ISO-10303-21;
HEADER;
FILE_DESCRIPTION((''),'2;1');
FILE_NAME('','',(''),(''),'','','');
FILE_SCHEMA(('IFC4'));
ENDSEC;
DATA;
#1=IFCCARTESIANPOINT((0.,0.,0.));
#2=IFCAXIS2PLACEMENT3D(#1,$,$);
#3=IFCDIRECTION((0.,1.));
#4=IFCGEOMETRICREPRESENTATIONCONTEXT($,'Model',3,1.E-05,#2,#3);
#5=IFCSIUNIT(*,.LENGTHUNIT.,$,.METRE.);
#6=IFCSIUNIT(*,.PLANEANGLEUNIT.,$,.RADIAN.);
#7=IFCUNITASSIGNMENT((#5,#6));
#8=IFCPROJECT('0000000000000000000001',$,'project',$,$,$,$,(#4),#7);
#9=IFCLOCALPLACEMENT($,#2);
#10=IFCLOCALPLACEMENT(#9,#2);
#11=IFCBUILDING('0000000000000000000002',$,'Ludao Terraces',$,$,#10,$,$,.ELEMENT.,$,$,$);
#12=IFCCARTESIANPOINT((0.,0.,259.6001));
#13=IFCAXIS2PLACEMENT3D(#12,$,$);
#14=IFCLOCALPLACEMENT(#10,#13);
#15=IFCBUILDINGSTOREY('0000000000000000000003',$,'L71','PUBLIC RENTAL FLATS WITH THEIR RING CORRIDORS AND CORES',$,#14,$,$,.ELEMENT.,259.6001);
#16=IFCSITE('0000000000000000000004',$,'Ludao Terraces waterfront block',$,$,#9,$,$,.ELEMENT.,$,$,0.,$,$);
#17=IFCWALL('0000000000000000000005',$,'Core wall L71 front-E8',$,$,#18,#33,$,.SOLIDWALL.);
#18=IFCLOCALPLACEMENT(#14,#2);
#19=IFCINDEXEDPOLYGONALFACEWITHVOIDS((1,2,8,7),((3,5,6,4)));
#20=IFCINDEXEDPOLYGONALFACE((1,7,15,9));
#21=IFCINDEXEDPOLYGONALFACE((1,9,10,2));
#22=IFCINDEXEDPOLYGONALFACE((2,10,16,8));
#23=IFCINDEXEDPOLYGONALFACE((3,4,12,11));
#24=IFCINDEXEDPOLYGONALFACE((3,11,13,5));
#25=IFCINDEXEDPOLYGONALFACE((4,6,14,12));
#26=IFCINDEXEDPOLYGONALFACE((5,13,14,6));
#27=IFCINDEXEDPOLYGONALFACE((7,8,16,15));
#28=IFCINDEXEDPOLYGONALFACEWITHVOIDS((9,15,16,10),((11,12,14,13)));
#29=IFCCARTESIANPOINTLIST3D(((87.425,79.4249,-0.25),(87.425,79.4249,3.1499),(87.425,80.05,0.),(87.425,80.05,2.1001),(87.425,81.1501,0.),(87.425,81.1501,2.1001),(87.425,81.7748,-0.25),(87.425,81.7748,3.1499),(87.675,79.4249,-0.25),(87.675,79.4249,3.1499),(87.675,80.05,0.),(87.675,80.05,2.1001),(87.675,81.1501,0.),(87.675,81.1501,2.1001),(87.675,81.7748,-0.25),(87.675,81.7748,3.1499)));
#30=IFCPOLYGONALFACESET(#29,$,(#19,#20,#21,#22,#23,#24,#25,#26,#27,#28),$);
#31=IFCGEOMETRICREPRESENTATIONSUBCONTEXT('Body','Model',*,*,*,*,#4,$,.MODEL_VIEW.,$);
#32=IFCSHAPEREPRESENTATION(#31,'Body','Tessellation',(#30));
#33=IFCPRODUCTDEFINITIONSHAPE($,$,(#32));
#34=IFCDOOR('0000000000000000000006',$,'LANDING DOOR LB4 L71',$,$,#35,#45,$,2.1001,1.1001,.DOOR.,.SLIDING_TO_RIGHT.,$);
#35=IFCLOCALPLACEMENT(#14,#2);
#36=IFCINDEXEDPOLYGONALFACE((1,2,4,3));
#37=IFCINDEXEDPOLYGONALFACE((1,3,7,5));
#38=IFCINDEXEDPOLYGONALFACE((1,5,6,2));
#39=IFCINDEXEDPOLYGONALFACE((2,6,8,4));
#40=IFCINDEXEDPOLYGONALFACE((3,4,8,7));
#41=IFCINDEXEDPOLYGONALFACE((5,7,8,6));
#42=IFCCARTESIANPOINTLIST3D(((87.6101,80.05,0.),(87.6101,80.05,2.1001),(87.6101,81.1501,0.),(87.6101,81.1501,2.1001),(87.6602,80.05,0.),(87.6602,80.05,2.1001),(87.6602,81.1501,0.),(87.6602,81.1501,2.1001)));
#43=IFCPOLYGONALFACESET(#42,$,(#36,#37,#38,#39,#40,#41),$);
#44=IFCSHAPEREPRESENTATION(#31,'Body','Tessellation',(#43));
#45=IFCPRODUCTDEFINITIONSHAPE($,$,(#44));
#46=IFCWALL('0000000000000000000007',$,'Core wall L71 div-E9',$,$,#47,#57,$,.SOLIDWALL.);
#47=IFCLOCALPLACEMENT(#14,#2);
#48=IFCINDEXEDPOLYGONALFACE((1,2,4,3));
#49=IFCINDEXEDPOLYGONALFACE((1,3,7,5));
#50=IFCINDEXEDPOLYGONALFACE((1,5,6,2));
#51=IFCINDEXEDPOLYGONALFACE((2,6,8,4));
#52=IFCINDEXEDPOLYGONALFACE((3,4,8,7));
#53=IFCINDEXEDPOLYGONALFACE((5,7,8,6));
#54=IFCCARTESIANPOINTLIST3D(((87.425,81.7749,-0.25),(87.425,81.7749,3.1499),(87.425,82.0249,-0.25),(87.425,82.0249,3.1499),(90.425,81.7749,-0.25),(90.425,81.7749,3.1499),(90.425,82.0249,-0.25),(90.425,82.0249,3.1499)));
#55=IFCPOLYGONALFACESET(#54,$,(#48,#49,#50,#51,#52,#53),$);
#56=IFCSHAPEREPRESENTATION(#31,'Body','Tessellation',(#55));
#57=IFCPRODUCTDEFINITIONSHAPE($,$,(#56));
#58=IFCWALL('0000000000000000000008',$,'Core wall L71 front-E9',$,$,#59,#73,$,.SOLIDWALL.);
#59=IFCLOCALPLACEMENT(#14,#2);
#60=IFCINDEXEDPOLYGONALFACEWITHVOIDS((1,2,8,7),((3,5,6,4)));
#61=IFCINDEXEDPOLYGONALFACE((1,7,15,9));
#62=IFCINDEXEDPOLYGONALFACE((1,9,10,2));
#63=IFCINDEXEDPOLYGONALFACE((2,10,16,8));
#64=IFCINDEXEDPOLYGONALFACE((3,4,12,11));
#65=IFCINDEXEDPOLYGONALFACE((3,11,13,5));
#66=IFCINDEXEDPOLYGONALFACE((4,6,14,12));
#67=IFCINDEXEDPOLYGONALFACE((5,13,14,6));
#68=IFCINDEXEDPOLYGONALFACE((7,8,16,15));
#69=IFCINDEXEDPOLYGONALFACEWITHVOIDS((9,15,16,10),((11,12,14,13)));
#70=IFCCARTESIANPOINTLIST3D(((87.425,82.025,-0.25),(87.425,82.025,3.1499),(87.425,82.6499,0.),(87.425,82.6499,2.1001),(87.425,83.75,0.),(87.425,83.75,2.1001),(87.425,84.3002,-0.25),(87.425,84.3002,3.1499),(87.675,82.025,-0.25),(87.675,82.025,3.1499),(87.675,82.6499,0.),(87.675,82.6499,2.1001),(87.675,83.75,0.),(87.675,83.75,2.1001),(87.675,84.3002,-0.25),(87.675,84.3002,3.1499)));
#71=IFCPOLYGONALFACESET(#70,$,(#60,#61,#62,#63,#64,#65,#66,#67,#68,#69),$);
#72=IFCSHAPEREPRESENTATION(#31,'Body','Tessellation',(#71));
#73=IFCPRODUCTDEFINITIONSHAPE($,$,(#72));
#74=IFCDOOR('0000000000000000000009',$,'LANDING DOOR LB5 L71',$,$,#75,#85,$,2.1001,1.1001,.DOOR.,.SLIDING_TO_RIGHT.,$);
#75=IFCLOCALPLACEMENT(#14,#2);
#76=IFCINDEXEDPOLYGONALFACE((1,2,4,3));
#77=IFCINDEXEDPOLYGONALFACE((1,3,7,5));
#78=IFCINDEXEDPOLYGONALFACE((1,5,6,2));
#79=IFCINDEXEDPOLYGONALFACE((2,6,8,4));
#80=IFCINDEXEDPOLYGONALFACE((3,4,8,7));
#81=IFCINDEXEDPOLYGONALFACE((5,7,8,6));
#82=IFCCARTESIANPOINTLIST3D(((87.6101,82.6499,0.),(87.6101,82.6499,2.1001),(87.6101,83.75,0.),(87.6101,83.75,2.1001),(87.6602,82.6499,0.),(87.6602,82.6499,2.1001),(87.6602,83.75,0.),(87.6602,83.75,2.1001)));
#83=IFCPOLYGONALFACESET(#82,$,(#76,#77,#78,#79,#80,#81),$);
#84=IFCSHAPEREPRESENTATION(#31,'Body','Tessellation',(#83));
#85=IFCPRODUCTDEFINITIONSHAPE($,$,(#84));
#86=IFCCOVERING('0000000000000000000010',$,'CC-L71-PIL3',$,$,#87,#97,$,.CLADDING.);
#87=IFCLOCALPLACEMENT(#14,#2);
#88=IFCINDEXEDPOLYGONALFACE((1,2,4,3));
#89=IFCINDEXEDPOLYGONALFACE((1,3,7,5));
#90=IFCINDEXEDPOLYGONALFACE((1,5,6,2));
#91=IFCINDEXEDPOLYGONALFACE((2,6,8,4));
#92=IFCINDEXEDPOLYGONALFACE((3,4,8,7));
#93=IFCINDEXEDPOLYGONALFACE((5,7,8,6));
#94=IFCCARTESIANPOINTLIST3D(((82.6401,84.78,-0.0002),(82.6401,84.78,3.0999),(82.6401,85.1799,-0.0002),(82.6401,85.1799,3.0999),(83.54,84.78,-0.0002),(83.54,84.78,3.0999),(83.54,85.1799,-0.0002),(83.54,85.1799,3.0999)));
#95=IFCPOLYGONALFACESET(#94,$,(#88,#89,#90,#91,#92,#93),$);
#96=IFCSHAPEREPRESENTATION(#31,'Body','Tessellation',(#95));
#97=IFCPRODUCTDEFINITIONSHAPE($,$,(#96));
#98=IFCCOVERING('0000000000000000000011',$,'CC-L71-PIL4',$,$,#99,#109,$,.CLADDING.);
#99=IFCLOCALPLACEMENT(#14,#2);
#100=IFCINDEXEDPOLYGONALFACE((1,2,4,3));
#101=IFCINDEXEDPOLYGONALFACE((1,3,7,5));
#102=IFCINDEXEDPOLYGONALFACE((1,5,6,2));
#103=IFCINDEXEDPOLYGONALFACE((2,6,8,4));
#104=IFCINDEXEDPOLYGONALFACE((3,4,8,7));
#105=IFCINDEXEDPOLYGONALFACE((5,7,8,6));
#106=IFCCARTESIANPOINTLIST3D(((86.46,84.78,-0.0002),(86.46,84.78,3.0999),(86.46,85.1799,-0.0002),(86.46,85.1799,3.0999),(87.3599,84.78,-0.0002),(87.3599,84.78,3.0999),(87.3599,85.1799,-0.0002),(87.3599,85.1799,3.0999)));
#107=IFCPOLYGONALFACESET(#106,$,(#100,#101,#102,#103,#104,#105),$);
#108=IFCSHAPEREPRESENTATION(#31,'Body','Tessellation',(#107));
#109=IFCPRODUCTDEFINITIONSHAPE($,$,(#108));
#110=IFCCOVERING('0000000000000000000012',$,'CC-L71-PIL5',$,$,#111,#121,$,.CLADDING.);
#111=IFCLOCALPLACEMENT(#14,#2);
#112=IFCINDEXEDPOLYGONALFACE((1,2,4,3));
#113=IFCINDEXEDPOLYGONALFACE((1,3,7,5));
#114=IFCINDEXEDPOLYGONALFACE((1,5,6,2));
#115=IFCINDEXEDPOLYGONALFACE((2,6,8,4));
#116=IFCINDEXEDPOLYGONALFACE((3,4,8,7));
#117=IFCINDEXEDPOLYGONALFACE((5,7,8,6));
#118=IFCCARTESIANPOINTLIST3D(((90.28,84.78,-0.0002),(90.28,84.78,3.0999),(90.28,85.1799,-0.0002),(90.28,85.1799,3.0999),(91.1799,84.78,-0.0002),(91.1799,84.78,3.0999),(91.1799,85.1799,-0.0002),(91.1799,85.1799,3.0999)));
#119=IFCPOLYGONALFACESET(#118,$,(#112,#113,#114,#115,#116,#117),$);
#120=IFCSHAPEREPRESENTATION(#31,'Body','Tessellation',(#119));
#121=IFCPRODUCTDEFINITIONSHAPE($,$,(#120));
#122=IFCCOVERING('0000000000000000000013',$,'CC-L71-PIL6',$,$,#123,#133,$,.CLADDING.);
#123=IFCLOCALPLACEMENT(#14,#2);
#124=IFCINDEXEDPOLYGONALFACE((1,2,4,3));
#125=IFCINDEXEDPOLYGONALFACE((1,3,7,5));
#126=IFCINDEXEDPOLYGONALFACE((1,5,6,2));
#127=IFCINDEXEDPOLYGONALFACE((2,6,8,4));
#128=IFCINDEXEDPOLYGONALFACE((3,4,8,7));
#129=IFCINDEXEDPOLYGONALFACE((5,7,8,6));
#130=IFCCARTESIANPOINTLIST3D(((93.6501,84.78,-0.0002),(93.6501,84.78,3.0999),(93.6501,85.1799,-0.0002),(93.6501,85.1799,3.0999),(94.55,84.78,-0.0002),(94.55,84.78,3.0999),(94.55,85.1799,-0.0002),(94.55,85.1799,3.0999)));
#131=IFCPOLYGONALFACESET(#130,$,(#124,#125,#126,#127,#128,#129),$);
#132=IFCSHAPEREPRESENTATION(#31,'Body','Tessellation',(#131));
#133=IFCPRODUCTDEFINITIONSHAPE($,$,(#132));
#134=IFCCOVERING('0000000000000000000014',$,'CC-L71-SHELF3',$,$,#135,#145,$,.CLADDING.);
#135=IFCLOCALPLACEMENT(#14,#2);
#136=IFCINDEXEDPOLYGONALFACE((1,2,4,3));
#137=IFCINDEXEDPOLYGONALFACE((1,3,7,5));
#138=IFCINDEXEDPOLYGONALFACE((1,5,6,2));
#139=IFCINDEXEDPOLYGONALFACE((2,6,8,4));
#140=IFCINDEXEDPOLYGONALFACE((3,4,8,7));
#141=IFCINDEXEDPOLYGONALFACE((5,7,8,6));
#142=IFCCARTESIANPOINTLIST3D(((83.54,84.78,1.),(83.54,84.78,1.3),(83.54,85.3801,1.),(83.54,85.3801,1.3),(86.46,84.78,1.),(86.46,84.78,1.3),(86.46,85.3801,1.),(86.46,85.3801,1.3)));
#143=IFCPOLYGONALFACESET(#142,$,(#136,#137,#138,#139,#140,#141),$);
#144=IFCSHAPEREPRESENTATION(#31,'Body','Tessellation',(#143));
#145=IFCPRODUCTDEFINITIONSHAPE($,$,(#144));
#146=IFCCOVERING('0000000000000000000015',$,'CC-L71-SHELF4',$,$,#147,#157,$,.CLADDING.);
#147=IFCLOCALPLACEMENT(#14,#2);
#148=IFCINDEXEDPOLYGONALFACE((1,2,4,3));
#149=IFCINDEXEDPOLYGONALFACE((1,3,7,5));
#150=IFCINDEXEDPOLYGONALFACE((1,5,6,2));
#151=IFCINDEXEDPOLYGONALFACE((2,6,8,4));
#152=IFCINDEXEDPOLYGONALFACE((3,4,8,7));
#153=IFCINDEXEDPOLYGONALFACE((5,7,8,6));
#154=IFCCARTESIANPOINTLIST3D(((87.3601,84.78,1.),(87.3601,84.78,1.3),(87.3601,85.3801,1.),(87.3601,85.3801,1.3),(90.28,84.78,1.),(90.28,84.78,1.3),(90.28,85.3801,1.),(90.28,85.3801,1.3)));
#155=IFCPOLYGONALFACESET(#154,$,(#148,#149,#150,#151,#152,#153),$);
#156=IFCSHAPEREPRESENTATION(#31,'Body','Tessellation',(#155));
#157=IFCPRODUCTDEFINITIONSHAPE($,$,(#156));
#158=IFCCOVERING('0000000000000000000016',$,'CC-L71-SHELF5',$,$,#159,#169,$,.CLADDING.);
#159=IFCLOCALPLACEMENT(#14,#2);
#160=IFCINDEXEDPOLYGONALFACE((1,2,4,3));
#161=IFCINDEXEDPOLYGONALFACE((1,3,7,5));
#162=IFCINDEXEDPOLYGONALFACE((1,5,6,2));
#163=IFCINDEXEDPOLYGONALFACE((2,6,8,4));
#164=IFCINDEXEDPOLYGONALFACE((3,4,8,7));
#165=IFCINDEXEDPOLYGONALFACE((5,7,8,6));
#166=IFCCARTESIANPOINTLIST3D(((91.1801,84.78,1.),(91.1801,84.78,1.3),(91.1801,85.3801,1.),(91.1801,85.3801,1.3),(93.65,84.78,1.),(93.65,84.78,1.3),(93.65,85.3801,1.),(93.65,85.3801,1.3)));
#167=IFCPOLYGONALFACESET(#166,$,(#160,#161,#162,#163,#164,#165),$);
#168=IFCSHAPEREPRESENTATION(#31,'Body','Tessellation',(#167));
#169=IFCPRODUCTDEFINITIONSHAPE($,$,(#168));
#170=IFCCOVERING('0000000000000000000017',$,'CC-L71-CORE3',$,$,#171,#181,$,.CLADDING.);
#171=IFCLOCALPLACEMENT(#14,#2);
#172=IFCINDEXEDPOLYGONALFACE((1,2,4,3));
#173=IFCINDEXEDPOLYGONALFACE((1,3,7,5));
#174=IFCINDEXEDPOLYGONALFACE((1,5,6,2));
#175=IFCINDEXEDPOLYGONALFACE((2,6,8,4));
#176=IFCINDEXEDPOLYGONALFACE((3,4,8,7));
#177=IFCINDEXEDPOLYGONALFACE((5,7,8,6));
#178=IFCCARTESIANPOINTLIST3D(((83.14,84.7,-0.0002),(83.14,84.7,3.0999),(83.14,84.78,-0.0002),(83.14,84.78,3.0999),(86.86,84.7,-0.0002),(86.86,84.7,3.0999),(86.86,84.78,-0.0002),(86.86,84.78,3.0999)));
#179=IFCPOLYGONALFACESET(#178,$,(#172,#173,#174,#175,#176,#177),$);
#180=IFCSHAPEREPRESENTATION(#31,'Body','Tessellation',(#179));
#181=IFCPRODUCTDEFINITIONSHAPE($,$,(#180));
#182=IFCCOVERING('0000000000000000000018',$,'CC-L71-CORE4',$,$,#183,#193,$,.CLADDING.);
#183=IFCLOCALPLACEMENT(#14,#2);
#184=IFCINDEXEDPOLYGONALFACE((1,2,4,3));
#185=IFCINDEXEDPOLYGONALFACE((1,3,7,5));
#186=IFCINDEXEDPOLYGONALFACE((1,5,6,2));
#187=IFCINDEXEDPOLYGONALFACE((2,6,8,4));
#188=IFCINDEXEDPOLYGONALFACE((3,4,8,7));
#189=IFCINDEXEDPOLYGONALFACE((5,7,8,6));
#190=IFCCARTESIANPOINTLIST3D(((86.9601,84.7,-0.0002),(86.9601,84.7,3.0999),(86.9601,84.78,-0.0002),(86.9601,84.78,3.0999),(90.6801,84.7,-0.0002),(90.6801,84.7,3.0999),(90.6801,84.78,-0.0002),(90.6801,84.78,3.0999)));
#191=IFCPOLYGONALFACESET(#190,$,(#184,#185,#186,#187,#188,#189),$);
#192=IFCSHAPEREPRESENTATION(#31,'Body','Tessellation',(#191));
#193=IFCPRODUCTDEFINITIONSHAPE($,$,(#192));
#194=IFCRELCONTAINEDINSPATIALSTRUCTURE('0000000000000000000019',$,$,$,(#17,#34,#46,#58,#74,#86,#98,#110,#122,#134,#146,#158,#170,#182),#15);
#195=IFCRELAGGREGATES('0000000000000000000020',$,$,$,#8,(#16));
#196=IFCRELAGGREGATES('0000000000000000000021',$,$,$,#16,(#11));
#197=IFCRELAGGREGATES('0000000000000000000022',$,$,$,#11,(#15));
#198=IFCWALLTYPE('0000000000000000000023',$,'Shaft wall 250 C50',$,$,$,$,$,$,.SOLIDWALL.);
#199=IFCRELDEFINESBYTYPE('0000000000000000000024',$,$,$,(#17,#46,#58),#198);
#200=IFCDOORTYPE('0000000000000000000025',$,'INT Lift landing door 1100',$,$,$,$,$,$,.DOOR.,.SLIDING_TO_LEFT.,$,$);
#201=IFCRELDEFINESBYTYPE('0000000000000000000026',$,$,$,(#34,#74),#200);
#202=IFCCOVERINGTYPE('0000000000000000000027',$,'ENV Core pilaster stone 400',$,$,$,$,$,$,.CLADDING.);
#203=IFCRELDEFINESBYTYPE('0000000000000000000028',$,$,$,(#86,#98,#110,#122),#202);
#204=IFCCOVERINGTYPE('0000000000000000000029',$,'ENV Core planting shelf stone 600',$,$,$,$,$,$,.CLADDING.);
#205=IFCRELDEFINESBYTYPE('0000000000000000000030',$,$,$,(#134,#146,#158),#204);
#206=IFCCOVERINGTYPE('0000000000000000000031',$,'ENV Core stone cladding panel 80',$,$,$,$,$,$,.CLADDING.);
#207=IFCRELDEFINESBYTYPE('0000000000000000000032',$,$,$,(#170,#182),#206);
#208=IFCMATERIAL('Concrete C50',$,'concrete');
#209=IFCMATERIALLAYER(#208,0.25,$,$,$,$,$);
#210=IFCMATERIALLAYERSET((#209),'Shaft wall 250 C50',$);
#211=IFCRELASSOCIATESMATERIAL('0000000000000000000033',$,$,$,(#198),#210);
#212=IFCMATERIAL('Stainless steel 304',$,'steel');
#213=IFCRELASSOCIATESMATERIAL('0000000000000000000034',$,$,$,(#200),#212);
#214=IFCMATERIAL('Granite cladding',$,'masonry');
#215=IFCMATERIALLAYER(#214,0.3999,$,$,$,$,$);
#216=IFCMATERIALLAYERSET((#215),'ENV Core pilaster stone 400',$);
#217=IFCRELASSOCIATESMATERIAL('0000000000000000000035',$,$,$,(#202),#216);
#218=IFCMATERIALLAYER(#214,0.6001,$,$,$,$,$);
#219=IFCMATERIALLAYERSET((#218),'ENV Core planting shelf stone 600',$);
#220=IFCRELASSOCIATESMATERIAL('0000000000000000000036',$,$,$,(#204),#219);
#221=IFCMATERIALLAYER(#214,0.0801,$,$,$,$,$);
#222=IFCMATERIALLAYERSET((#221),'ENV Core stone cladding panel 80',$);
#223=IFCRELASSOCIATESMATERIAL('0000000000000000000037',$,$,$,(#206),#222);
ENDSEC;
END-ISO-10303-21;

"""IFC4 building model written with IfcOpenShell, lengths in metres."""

from ifc_helpers import new_model, si_unit, direction, frame, frame_2d, origin, origin_2d, place, context, subcontext, project, spatial, rectangle, extrude, material, layer, layer_set, type_object, element, fill, save


model = new_model("IFC4")

# Units and contexts
model_context = context("Model", 3, precision=1e-05, world=origin(), true_north=direction((0.0, 1.0)))
body_context = subcontext(model_context, "Body", "Model", "MODEL_VIEW")
ifc_project = project(units=[si_unit("LENGTHUNIT", "METRE"), si_unit("PLANEANGLEUNIT", "RADIAN")], contexts=[model_context])

# Site, building, storey
site_placement = place(None, origin())
site = spatial("IfcSite", under=ifc_project, at=site_placement, Name="Ludao Terraces waterfront block", CompositionType="ELEMENT", RefElevation=0.0)
building_placement = place(site_placement, origin())
building = spatial("IfcBuilding", under=site, at=building_placement, Name="Ludao Terraces", CompositionType="ELEMENT")
storey_placement = place(building_placement, frame((0.0, 0.0, 259.6001)))
storey = spatial("IfcBuildingStorey", under=building, at=storey_placement, Name="L71", Description="PUBLIC RENTAL FLATS WITH THEIR RING CORRIDORS AND CORES", CompositionType="ELEMENT", Elevation=259.6001)

# Wall, opening, door
ifc_material_1 = material(Name="Concrete C50", Category="concrete")
ifc_layer_1 = layer(ifc_material_1, 0.25)
ifc_layer_set_1 = layer_set([ifc_layer_1], Name="Shaft wall 250 C50")
wall_type = type_object("IfcWallType", Name="Shaft wall 250 C50", PredefinedType="SOLIDWALL", material=ifc_layer_set_1)
wall_1_placement = place(storey_placement, frame((87.55, 79.425, -0.25), z_axis=(0.0, 0.0, 1.0), x_axis=(0.0, 1.0, 0.0)))
wall_1 = element("IfcWall", 1, at=wall_1_placement, inside=storey, type_object=wall_type, Name="Core wall L71 front-E8", PredefinedType="SOLIDWALL", context=body_context, shape_type="SweptSolid", body=[
    extrude(rectangle(XDim=2.3499, YDim=0.25, at=frame_2d((1.1748, 0.0))), origin(), (0.0, 0.0, 1.0), 3.3999),
])
opening_1_placement = place(wall_1_placement, frame((0.625, 0.0, 0.25)))
opening_1 = element("IfcOpeningElement", 2, at=opening_1_placement, cuts=wall_1, PredefinedType="OPENING", context=body_context, shape_type="SweptSolid", body=[
    extrude(rectangle(XDim=1.1001, YDim=2.1001, at=frame_2d((0.55, 1.05))), frame((0.0, 0.135, 0.0), z_axis=(0.0, -1.0, 0.0), x_axis=(1.0, 0.0, 0.0)), (0.0, 0.0, 1.0), 0.27),
])
ifc_material_2 = material(Name="Stainless steel 304", Category="steel")
door_type = type_object("IfcDoorType", Name="INT Lift landing door 1100", OperationType="SLIDING_TO_LEFT", PredefinedType="DOOR", material=ifc_material_2)
door_1_placement = place(opening_1_placement, origin())
door_1 = element("IfcDoor", 3, at=door_1_placement, inside=storey, type_object=door_type, Name="LANDING DOOR LB4 L71", OperationType="SLIDING_TO_RIGHT", OverallHeight=2.1001, OverallWidth=1.1001, PredefinedType="DOOR", context=body_context, shape_type="SweptSolid", body=[
    extrude(rectangle(XDim=1.1001, YDim=2.1001, at=frame_2d((0.55, 1.05))), frame((0.0, -0.0601, 0.0), z_axis=(0.0, -1.0, 0.0), x_axis=(1.0, 0.0, 0.0)), (0.0, 0.0, 1.0), 0.05),
])
fill(opening_1, door_1)

# Wall
wall_2_placement = place(storey_placement, frame((87.425, 81.8999, -0.25), z_axis=(0.0, 0.0, 1.0), x_axis=(1.0, 0.0, 0.0)))
element("IfcWall", 4, at=wall_2_placement, inside=storey, type_object=wall_type, Name="Core wall L71 div-E9", PredefinedType="SOLIDWALL", context=body_context, shape_type="SweptSolid", body=[
    extrude(rectangle(XDim=3.0, YDim=0.25, at=frame_2d((1.5, 0.0))), origin(), (0.0, 0.0, 1.0), 3.3999),
])

# Wall, opening, door
wall_3_placement = place(storey_placement, frame((87.55, 82.0249, -0.25), z_axis=(0.0, 0.0, 1.0), x_axis=(0.0, 1.0, 0.0)))
wall_3 = element("IfcWall", 5, at=wall_3_placement, inside=storey, type_object=wall_type, Name="Core wall L71 front-E9", PredefinedType="SOLIDWALL", context=body_context, shape_type="SweptSolid", body=[
    extrude(rectangle(XDim=2.2751, YDim=0.25, at=frame_2d((1.1377, 0.0))), origin(), (0.0, 0.0, 1.0), 3.3999),
])
opening_2_placement = place(wall_3_placement, frame((0.625, 0.0, 0.25)))
opening_2 = element("IfcOpeningElement", 6, at=opening_2_placement, cuts=wall_3, PredefinedType="OPENING", context=body_context, shape_type="SweptSolid", body=[
    extrude(rectangle(XDim=1.1001, YDim=2.1001, at=frame_2d((0.55, 1.05))), frame((0.0, 0.135, 0.0), z_axis=(0.0, -1.0, 0.0), x_axis=(1.0, 0.0, 0.0)), (0.0, 0.0, 1.0), 0.27),
])
door_2_placement = place(opening_2_placement, origin())
door_2 = element("IfcDoor", 7, at=door_2_placement, inside=storey, type_object=door_type, Name="LANDING DOOR LB5 L71", OperationType="SLIDING_TO_RIGHT", OverallHeight=2.1001, OverallWidth=1.1001, PredefinedType="DOOR", context=body_context, shape_type="SweptSolid", body=[
    extrude(rectangle(XDim=1.1001, YDim=2.1001, at=frame_2d((0.55, 1.05))), frame((0.0, -0.0601, 0.0), z_axis=(0.0, -1.0, 0.0), x_axis=(1.0, 0.0, 0.0)), (0.0, 0.0, 1.0), 0.05),
])
fill(opening_2, door_2)

# Coverings
ifc_material_3 = material(Name="Granite cladding", Category="masonry")
ifc_layer_2 = layer(ifc_material_3, 0.3999)
ifc_layer_set_2 = layer_set([ifc_layer_2], Name="ENV Core pilaster stone 400")
covering_type_1 = type_object("IfcCoveringType", Name="ENV Core pilaster stone 400", PredefinedType="CLADDING", material=ifc_layer_set_2)
for number, where, z_axis, x_axis, name in (
    (8, (83.0901, 84.98, -0.0002), (0.0, 0.0, 1.0), (1.0, 0.0, 0.0), "CC-L71-PIL3"),
    (9, (86.9099, 84.98, -0.0002), (0.0, 0.0, 1.0), (1.0, 0.0, 0.0), "CC-L71-PIL4"),
    (10, (90.73, 84.98, -0.0002), (0.0, 0.0, 1.0), (1.0, 0.0, 0.0), "CC-L71-PIL5"),
    (11, (94.1001, 84.98, -0.0002), (0.0, 0.0, 1.0), (1.0, 0.0, 0.0), "CC-L71-PIL6"),
):
    element("IfcCovering", number, at=place(storey_placement, frame(where, z_axis=z_axis, x_axis=x_axis)), inside=storey, type_object=covering_type_1, Name=name, PredefinedType="CLADDING", context=body_context, shape_type="SweptSolid", body=[
        extrude(rectangle(XDim=0.8999, YDim=0.3999, at=origin_2d()), origin(), (0.0, 0.0, 1.0), 3.1001),
    ])
ifc_layer_3 = layer(ifc_material_3, 0.6001)
ifc_layer_set_3 = layer_set([ifc_layer_3], Name="ENV Core planting shelf stone 600")
covering_type_2 = type_object("IfcCoveringType", Name="ENV Core planting shelf stone 600", PredefinedType="CLADDING", material=ifc_layer_set_3)
for number, where, z_axis, x_axis, name in (
    (12, (85.0, 85.0801, 1.0), (0.0, 0.0, 1.0), (1.0, 0.0, 0.0), "CC-L71-SHELF3"),
    (13, (88.8201, 85.0801, 1.0), (0.0, 0.0, 1.0), (1.0, 0.0, 0.0), "CC-L71-SHELF4"),
):
    element("IfcCovering", number, at=place(storey_placement, frame(where, z_axis=z_axis, x_axis=x_axis)), inside=storey, type_object=covering_type_2, Name=name, PredefinedType="CLADDING", context=body_context, shape_type="SweptSolid", body=[
        extrude(rectangle(XDim=2.9199, YDim=0.6001, at=origin_2d()), origin(), (0.0, 0.0, 1.0), 0.3),
    ])
covering_1_placement = place(storey_placement, frame((92.415, 85.0801, 1.0), z_axis=(0.0, 0.0, 1.0), x_axis=(1.0, 0.0, 0.0)))
element("IfcCovering", 14, at=covering_1_placement, inside=storey, type_object=covering_type_2, Name="CC-L71-SHELF5", PredefinedType="CLADDING", context=body_context, shape_type="SweptSolid", body=[
    extrude(rectangle(XDim=2.47, YDim=0.6001, at=origin_2d()), origin(), (0.0, 0.0, 1.0), 0.3),
])
ifc_layer_4 = layer(ifc_material_3, 0.0801)
ifc_layer_set_4 = layer_set([ifc_layer_4], Name="ENV Core stone cladding panel 80")
covering_type_3 = type_object("IfcCoveringType", Name="ENV Core stone cladding panel 80", PredefinedType="CLADDING", material=ifc_layer_set_4)
for number, where, z_axis, x_axis, name in (
    (15, (85.0, 84.74, -0.0002), (0.0, 0.0, 1.0), (1.0, 0.0, 0.0), "CC-L71-CORE3"),
    (16, (88.8201, 84.74, -0.0002), (0.0, 0.0, 1.0), (1.0, 0.0, 0.0), "CC-L71-CORE4"),
):
    element("IfcCovering", number, at=place(storey_placement, frame(where, z_axis=z_axis, x_axis=x_axis)), inside=storey, type_object=covering_type_3, Name=name, PredefinedType="CLADDING", context=body_context, shape_type="SweptSolid", body=[
        extrude(rectangle(XDim=3.72, YDim=0.0801, at=origin_2d()), origin(), (0.0, 0.0, 1.0), 3.1001),
    ])

save(model, "model.ifc")
